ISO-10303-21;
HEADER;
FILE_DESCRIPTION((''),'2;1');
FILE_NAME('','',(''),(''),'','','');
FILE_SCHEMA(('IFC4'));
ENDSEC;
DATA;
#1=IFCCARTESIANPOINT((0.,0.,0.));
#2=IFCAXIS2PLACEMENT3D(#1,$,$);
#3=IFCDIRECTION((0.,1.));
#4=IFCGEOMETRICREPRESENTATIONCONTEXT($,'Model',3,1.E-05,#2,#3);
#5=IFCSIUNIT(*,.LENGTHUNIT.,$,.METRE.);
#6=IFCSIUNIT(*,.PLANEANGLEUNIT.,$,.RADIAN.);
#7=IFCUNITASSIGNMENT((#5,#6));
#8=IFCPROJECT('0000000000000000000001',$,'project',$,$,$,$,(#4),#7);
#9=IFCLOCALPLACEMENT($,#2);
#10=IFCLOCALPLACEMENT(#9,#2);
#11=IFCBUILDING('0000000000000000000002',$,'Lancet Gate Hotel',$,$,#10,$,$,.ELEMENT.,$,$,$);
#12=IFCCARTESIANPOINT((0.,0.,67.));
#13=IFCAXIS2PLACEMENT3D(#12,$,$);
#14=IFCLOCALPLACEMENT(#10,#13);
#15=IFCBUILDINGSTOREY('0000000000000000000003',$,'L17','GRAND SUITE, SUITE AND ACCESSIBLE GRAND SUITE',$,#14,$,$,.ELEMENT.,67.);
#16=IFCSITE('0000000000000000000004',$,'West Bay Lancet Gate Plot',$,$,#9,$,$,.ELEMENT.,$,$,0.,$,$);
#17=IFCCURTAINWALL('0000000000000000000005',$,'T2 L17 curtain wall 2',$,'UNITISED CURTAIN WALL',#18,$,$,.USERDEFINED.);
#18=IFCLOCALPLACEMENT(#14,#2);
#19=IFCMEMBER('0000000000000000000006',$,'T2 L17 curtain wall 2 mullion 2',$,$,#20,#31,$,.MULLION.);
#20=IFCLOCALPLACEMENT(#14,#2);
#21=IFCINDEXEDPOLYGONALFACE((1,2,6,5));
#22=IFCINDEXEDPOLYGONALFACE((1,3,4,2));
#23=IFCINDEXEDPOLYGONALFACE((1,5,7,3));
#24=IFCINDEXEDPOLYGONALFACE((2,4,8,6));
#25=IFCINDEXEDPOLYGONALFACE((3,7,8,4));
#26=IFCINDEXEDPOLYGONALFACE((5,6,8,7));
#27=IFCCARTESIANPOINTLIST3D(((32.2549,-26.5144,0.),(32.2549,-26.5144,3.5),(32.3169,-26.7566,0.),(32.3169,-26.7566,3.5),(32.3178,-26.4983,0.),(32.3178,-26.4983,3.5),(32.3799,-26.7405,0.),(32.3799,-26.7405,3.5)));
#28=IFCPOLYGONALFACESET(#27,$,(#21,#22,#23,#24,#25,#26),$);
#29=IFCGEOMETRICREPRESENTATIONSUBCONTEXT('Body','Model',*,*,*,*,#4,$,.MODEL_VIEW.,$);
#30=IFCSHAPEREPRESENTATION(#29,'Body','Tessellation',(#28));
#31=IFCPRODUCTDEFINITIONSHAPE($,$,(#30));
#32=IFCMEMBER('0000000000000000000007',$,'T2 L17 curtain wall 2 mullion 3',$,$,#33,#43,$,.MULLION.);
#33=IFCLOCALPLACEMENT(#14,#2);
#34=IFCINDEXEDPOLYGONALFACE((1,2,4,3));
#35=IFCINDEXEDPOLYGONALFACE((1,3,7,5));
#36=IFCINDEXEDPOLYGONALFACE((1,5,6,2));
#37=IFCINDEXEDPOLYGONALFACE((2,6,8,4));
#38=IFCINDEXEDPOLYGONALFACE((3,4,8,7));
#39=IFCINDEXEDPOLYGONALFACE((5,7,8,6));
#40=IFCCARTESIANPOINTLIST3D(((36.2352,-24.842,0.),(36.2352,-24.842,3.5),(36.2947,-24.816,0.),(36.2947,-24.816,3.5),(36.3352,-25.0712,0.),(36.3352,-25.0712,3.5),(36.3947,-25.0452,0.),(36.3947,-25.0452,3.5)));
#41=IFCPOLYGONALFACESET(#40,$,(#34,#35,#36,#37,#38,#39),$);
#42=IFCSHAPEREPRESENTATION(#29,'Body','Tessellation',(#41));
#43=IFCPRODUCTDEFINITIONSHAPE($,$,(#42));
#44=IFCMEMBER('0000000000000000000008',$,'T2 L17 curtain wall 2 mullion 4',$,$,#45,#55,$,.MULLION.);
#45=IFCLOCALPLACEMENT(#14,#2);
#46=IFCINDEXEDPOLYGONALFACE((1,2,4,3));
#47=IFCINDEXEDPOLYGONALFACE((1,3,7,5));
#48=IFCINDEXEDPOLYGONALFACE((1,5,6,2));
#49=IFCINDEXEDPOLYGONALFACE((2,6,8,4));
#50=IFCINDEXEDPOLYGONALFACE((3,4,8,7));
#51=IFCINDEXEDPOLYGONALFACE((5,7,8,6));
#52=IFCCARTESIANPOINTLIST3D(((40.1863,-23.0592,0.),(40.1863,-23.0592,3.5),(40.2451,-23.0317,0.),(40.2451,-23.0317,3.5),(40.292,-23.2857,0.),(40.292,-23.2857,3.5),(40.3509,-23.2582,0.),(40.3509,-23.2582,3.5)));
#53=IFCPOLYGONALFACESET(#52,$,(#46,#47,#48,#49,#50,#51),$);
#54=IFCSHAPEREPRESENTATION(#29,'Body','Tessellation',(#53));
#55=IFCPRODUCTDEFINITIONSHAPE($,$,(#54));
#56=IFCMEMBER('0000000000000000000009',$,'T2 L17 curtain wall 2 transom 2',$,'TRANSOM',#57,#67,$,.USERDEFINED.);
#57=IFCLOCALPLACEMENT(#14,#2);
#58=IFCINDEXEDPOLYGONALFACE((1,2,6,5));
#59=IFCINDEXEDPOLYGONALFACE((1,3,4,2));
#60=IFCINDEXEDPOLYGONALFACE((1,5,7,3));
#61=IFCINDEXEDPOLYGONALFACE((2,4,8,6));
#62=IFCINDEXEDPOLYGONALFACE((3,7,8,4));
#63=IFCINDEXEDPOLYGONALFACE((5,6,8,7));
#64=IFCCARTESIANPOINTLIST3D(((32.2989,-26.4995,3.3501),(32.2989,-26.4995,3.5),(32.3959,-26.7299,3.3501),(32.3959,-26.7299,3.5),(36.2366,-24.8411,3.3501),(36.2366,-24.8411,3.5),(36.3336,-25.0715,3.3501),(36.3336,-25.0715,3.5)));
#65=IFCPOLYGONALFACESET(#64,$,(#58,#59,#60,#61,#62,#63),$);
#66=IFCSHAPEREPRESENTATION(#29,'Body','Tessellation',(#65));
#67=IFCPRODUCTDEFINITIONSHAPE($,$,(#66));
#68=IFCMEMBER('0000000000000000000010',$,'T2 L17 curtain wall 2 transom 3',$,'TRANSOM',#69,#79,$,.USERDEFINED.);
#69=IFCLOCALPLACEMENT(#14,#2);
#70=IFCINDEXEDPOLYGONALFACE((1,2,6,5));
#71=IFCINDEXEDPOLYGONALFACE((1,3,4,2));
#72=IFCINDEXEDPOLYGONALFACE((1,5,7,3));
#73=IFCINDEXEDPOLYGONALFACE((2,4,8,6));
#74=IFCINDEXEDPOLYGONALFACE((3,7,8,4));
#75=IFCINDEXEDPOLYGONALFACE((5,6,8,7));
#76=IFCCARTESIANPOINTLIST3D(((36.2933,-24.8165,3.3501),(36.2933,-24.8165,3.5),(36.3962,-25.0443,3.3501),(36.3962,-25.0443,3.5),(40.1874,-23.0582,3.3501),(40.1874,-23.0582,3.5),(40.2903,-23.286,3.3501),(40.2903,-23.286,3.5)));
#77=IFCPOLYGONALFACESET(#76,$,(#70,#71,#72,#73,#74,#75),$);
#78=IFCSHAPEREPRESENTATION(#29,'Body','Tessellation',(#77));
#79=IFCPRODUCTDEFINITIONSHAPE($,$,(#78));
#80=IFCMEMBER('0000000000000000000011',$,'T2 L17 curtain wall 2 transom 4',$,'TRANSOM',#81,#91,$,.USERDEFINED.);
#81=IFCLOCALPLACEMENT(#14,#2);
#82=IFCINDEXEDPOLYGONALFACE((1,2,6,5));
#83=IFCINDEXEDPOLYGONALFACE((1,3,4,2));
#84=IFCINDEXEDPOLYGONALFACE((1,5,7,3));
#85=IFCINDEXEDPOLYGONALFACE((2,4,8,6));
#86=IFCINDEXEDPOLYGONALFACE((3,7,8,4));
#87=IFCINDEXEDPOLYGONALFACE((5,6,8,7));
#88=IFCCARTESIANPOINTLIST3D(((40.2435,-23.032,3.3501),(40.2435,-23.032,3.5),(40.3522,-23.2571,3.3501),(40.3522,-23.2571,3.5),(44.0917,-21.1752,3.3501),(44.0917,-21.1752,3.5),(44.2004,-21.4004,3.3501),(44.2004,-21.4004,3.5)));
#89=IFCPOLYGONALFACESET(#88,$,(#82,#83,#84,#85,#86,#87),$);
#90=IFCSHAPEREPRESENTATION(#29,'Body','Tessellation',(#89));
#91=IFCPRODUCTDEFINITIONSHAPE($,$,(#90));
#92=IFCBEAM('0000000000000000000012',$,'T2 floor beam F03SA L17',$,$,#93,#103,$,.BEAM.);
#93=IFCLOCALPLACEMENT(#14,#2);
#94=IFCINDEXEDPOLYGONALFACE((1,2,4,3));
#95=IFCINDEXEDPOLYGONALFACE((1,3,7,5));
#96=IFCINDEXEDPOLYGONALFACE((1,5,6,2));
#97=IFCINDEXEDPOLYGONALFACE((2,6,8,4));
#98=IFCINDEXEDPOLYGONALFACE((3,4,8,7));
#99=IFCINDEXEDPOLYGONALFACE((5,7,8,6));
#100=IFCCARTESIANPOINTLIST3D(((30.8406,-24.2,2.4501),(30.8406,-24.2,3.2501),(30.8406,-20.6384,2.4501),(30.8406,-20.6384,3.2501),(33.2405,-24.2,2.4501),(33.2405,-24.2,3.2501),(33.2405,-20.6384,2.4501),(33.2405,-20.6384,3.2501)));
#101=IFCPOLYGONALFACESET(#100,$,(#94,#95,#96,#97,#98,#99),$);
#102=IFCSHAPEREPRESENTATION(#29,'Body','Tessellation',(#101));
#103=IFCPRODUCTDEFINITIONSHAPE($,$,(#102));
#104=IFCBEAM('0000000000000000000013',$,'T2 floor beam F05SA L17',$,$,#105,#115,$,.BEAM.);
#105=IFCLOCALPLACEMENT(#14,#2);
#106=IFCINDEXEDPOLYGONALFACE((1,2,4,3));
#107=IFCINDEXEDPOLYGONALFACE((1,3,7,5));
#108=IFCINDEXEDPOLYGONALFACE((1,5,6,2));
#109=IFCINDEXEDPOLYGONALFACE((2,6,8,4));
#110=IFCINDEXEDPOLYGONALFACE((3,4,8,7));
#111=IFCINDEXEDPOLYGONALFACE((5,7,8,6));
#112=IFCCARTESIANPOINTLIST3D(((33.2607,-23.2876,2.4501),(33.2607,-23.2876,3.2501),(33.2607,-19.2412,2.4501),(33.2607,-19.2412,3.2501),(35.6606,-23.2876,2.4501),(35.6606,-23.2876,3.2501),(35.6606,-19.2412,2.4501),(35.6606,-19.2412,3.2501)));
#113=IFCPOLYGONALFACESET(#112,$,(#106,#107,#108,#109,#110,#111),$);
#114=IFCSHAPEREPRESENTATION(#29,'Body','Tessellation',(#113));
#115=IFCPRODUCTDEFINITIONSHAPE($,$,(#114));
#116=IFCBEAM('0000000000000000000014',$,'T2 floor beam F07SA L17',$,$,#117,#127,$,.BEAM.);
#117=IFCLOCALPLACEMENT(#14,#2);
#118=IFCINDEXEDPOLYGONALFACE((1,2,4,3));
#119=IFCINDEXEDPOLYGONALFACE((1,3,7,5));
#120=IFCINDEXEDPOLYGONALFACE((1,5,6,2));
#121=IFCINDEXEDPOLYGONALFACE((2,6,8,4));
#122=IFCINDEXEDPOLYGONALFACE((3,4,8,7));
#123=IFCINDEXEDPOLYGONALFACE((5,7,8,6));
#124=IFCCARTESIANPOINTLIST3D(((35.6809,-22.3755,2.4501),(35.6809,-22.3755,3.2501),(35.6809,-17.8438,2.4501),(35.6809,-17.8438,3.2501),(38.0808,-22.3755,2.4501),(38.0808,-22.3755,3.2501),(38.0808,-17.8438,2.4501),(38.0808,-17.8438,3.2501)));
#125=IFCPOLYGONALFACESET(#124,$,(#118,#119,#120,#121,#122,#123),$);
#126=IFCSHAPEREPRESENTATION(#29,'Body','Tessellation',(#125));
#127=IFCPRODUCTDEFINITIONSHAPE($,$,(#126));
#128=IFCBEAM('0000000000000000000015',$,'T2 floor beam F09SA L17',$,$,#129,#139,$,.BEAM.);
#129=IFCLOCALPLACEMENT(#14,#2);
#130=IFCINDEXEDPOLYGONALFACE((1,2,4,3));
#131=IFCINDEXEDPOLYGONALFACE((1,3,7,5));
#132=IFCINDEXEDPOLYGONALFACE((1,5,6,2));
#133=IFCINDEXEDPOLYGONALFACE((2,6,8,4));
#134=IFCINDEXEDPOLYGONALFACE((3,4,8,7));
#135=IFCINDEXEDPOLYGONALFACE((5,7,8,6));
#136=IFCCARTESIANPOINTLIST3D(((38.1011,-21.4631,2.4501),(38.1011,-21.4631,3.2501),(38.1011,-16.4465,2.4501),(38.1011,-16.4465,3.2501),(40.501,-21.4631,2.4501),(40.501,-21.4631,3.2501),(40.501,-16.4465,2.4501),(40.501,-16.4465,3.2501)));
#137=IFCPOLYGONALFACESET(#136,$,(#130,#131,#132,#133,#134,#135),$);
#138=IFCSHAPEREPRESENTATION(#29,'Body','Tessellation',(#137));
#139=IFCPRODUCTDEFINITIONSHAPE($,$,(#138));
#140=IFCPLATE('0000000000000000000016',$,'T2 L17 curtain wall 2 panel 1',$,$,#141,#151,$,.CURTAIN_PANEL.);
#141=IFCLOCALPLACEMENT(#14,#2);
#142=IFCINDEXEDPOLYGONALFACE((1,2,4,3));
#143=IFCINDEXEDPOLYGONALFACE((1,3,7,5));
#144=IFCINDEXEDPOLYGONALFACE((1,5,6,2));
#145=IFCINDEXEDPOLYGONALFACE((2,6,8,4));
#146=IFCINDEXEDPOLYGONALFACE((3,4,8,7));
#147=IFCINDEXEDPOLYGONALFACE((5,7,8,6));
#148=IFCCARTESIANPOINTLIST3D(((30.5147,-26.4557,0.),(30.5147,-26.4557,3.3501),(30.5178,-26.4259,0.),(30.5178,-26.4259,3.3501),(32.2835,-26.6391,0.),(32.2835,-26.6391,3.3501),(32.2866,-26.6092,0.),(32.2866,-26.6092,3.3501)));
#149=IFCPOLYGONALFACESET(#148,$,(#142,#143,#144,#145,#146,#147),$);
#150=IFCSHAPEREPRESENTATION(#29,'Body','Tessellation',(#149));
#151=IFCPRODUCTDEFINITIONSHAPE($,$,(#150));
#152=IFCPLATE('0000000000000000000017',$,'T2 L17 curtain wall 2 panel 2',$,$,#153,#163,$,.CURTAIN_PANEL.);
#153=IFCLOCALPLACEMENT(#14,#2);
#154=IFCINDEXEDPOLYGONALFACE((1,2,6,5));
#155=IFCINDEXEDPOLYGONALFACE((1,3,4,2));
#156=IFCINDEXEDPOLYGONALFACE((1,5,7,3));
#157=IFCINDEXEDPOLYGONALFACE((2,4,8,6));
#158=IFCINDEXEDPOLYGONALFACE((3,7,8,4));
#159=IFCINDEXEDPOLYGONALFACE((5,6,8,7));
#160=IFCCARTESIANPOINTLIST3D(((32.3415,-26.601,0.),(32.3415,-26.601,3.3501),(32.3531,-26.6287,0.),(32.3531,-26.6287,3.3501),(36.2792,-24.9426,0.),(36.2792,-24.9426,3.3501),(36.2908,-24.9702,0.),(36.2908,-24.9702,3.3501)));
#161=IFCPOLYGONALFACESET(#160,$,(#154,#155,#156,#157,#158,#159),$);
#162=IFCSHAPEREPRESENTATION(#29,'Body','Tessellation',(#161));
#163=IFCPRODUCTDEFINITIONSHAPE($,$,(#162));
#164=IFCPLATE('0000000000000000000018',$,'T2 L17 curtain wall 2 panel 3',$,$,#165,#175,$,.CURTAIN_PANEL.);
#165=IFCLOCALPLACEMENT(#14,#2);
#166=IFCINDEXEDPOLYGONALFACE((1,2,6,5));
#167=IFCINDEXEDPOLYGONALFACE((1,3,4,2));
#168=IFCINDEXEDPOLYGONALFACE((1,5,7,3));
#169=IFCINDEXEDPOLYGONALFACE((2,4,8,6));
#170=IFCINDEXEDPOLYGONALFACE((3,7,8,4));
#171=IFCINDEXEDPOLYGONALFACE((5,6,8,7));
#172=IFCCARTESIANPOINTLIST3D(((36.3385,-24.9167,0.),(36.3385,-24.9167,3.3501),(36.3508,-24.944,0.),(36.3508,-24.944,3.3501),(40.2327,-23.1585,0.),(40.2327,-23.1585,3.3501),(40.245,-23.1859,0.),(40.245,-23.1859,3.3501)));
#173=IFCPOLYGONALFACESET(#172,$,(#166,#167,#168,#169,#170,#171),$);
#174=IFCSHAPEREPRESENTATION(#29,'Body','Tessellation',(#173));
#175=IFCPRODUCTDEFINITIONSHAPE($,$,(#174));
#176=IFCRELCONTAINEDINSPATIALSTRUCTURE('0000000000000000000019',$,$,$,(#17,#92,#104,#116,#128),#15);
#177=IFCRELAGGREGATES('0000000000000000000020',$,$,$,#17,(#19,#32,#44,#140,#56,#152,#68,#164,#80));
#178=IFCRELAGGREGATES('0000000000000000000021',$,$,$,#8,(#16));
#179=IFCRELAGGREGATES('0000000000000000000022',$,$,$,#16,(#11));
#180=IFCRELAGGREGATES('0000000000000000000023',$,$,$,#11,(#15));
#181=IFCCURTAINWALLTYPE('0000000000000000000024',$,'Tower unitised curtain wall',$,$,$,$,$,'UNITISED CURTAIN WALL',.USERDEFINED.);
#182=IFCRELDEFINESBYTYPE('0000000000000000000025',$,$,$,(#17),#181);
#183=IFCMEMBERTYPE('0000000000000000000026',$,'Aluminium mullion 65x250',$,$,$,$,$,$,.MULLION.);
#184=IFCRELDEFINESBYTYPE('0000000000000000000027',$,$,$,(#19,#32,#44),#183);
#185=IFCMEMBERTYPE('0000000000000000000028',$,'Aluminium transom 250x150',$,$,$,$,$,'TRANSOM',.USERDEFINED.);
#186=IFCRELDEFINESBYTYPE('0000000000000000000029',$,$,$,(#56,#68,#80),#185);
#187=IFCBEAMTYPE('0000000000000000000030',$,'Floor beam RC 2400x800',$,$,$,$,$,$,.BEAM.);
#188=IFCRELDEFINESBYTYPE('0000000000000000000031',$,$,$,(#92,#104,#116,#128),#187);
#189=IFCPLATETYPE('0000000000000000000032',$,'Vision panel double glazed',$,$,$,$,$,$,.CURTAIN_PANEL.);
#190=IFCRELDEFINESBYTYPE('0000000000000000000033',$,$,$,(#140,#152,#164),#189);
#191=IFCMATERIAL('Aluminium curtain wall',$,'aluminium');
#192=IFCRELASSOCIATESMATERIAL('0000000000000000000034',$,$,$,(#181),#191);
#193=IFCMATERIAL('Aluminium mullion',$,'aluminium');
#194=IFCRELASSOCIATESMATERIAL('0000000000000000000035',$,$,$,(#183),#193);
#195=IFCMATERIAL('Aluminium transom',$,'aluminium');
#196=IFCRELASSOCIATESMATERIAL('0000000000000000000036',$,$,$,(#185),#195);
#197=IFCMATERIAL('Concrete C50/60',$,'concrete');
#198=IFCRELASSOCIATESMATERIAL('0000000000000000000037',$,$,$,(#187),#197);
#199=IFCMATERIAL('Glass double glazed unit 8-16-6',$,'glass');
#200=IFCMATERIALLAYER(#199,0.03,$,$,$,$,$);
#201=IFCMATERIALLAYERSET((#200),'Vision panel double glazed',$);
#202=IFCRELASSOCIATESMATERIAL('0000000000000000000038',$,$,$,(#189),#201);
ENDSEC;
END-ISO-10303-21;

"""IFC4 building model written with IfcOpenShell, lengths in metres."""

from ifc_helpers import new_model, si_unit, direction, frame, origin, origin_2d, place, context, subcontext, project, spatial, rectangle, extrude, material, layer, layer_set, material_profile, profile_set, type_object, element, aggregate, save


model = new_model("IFC4")

# Units and contexts
model_context = context("Model", 3, precision=1e-05, world=origin(), true_north=direction((0.0, 1.0)))
body_context = subcontext(model_context, "Body", "Model", "MODEL_VIEW")
ifc_project = project(units=[si_unit("LENGTHUNIT", "METRE"), si_unit("PLANEANGLEUNIT", "RADIAN")], contexts=[model_context])

# Site, building, storey
site_placement = place(None, origin())
site = spatial("IfcSite", under=ifc_project, at=site_placement, Name="West Bay Lancet Gate Plot", CompositionType="ELEMENT", RefElevation=0.0)
building_placement = place(site_placement, origin())
building = spatial("IfcBuilding", under=site, at=building_placement, Name="Lancet Gate Hotel", CompositionType="ELEMENT")
storey_placement = place(building_placement, frame((0.0, 0.0, 67.0)))
storey = spatial("IfcBuildingStorey", under=building, at=storey_placement, Name="L17", Description="GRAND SUITE, SUITE AND ACCESSIBLE GRAND SUITE", CompositionType="ELEMENT", Elevation=67.0)

# Curtain wall, members
ifc_material_1 = material(Name="Aluminium curtain wall", Category="aluminium")
curtain_wall_type = type_object("IfcCurtainWallType", Name="Tower unitised curtain wall", ElementType="UNITISED CURTAIN WALL", PredefinedType="USERDEFINED", material=ifc_material_1)
curtain_wall_placement = place(storey_placement, origin())
curtain_wall = element("IfcCurtainWall", 1, at=curtain_wall_placement, inside=storey, type_object=curtain_wall_type, Name="T2 L17 curtain wall 2", ObjectType="UNITISED CURTAIN WALL", PredefinedType="USERDEFINED")
ifc_material_2 = material(Name="Aluminium mullion", Category="aluminium")
ifc_material_profile_1 = material_profile(ifc_material_2, rectangle(XDim=0.0649, YDim=0.25, at=origin_2d()), Name="MULLION 65x250")
ifc_profile_set_1 = profile_set([ifc_material_profile_1], Name="Aluminium mullion")
member_type_1 = type_object("IfcMemberType", Name="Aluminium mullion 65x250", PredefinedType="MULLION", material=ifc_profile_set_1)
member_1_placement = place(storey_placement, frame((32.3174, -26.6274, 0.0), z_axis=(0.0, 0.0, 1.0), x_axis=(0.968721, 0.24815, 0.0)))
member_1 = element("IfcMember", 2, at=member_1_placement, type_object=member_type_1, Name="T2 L17 curtain wall 2 mullion 2", PredefinedType="MULLION", context=body_context, shape_type="SweptSolid", body=[
    extrude(rectangle(XDim=0.0649, YDim=0.25, at=origin_2d()), origin(), (0.0, 0.0, 1.0), 3.5),
])
member_2_placement = place(storey_placement, frame((36.3149, -24.9436, 0.0), z_axis=(0.0, 0.0, 1.0), x_axis=(0.916579, 0.399854, 0.0)))
member_2 = element("IfcMember", 3, at=member_2_placement, type_object=member_type_1, Name="T2 L17 curtain wall 2 mullion 3", PredefinedType="MULLION", context=body_context, shape_type="SweptSolid", body=[
    extrude(rectangle(XDim=0.0649, YDim=0.25, at=origin_2d()), origin(), (0.0, 0.0, 1.0), 3.5),
])
member_3_placement = place(storey_placement, frame((40.2686, -23.1587, 0.0), z_axis=(0.0, 0.0, 1.0), x_axis=(0.906105, 0.423053, 0.0)))
member_3 = element("IfcMember", 4, at=member_3_placement, type_object=member_type_1, Name="T2 L17 curtain wall 2 mullion 4", PredefinedType="MULLION", context=body_context, shape_type="SweptSolid", body=[
    extrude(rectangle(XDim=0.0649, YDim=0.25, at=origin_2d()), origin(), (0.0, 0.0, 1.0), 3.5),
])
ifc_material_3 = material(Name="Aluminium transom", Category="aluminium")
ifc_material_profile_2 = material_profile(ifc_material_3, rectangle(XDim=0.25, YDim=0.1499, at=origin_2d()), Name="TRANSOM 250x150")
ifc_profile_set_2 = profile_set([ifc_material_profile_2], Name="Aluminium transom")
member_type_2 = type_object("IfcMemberType", Name="Aluminium transom 250x150", ElementType="TRANSOM", PredefinedType="USERDEFINED", material=ifc_profile_set_2)
member_4_placement = place(storey_placement, frame((32.3474, -26.6147, 3.425), z_axis=(0.921598, 0.388146, 0.0), x_axis=(-0.388146, 0.921598, 0.0)))
member_4 = element("IfcMember", 5, at=member_4_placement, type_object=member_type_2, Name="T2 L17 curtain wall 2 transom 2", ObjectType="TRANSOM", PredefinedType="USERDEFINED", context=body_context, shape_type="SweptSolid", body=[
    extrude(rectangle(XDim=0.25, YDim=0.1499, at=origin_2d()), origin(), (0.0, 0.0, 1.0), 4.2727),
])
member_5_placement = place(storey_placement, frame((36.3447, -24.9304, 3.425), z_axis=(0.911397, 0.411529, 0.0), x_axis=(-0.411529, 0.911397, 0.0)))
member_5 = element("IfcMember", 6, at=member_5_placement, type_object=member_type_2, Name="T2 L17 curtain wall 2 transom 3", ObjectType="TRANSOM", PredefinedType="USERDEFINED", context=body_context, shape_type="SweptSolid", body=[
    extrude(rectangle(XDim=0.25, YDim=0.1499, at=origin_2d()), origin(), (0.0, 0.0, 1.0), 4.2727),
])
member_6_placement = place(storey_placement, frame((40.2979, -23.1445, 3.425), z_axis=(0.900646, 0.434553, 0.0), x_axis=(-0.434553, 0.900646, 0.0)))
member_6 = element("IfcMember", 7, at=member_6_placement, type_object=member_type_2, Name="T2 L17 curtain wall 2 transom 4", ObjectType="TRANSOM", PredefinedType="USERDEFINED", context=body_context, shape_type="SweptSolid", body=[
    extrude(rectangle(XDim=0.25, YDim=0.1499, at=origin_2d()), origin(), (0.0, 0.0, 1.0), 4.2727),
])

# Beams
ifc_material_4 = material(Name="Concrete C50/60", Category="concrete")
ifc_material_profile_3 = material_profile(ifc_material_4, rectangle(XDim=2.3999, YDim=0.8, at=origin_2d()), Name="RC 2400x800")
ifc_profile_set_3 = profile_set([ifc_material_profile_3], Name="Concrete C50/60")
beam_type = type_object("IfcBeamType", Name="Floor beam RC 2400x800", PredefinedType="BEAM", material=ifc_profile_set_3)
beam_1_placement = place(storey_placement, frame((32.0405, -24.2, 2.8501), z_axis=(0.0, 1.0, 0.0), x_axis=(-1.0, 0.0, 0.0)))
element("IfcBeam", 8, at=beam_1_placement, inside=storey, type_object=beam_type, Name="T2 floor beam F03SA L17", PredefinedType="BEAM", context=body_context, shape_type="SweptSolid", body=[
    extrude(rectangle(XDim=2.3999, YDim=0.8, at=origin_2d()), origin(), (0.0, 0.0, 1.0), 3.5615),
])
beam_2_placement = place(storey_placement, frame((34.4607, -23.2876, 2.8501), z_axis=(0.0, 1.0, 0.0), x_axis=(-1.0, 0.0, 0.0)))
element("IfcBeam", 9, at=beam_2_placement, inside=storey, type_object=beam_type, Name="T2 floor beam F05SA L17", PredefinedType="BEAM", context=body_context, shape_type="SweptSolid", body=[
    extrude(rectangle(XDim=2.3999, YDim=0.8, at=origin_2d()), origin(), (0.0, 0.0, 1.0), 4.0464),
])
beam_3_placement = place(storey_placement, frame((36.8809, -22.3755, 2.8501), z_axis=(0.0, 1.0, 0.0), x_axis=(-1.0, 0.0, 0.0)))
element("IfcBeam", 10, at=beam_3_placement, inside=storey, type_object=beam_type, Name="T2 floor beam F07SA L17", PredefinedType="BEAM", context=body_context, shape_type="SweptSolid", body=[
    extrude(rectangle(XDim=2.3999, YDim=0.8, at=origin_2d()), origin(), (0.0, 0.0, 1.0), 4.5317),
])
beam_4_placement = place(storey_placement, frame((39.301, -21.4631, 2.8501), z_axis=(0.0, 1.0, 0.0), x_axis=(-1.0, 0.0, 0.0)))
element("IfcBeam", 11, at=beam_4_placement, inside=storey, type_object=beam_type, Name="T2 floor beam F09SA L17", PredefinedType="BEAM", context=body_context, shape_type="SweptSolid", body=[
    extrude(rectangle(XDim=2.3999, YDim=0.8, at=origin_2d()), origin(), (0.0, 0.0, 1.0), 5.0166),
])

# Plates
ifc_material_5 = material(Name="Glass double glazed unit 8-16-6", Category="glass")
ifc_layer_1 = layer(ifc_material_5, 0.03)
ifc_layer_set_1 = layer_set([ifc_layer_1], Name="Vision panel double glazed")
plate_type = type_object("IfcPlateType", Name="Vision panel double glazed", PredefinedType="CURTAIN_PANEL", material=ifc_layer_set_1)
plate_1_placement = place(storey_placement, frame((31.4006, -26.5325, 0.0), z_axis=(0.0, 0.0, 1.0), x_axis=(0.994672, -0.103088, 0.0)))
plate_1 = element("IfcPlate", 12, at=plate_1_placement, type_object=plate_type, Name="T2 L17 curtain wall 2 panel 1", PredefinedType="CURTAIN_PANEL", context=body_context, shape_type="SweptSolid", body=[
    extrude(rectangle(XDim=1.7783, YDim=0.03, at=origin_2d()), origin(), (0.0, 0.0, 1.0), 3.3501),
])
plate_2_placement = place(storey_placement, frame((34.3162, -25.7856, 0.0), z_axis=(0.0, 0.0, 1.0), x_axis=(0.921593, 0.388157, 0.0)))
plate_2 = element("IfcPlate", 13, at=plate_2_placement, type_object=plate_type, Name="T2 L17 curtain wall 2 panel 2", PredefinedType="CURTAIN_PANEL", context=body_context, shape_type="SweptSolid", body=[
    extrude(rectangle(XDim=4.2727, YDim=0.03, at=origin_2d()), origin(), (0.0, 0.0, 1.0), 3.3501),
])
plate_3_placement = place(storey_placement, frame((38.2917, -24.0513, 0.0), z_axis=(0.0, 0.0, 1.0), x_axis=(0.911416, 0.411487, 0.0)))
plate_3 = element("IfcPlate", 14, at=plate_3_placement, type_object=plate_type, Name="T2 L17 curtain wall 2 panel 3", PredefinedType="CURTAIN_PANEL", context=body_context, shape_type="SweptSolid", body=[
    extrude(rectangle(XDim=4.2727, YDim=0.03, at=origin_2d()), origin(), (0.0, 0.0, 1.0), 3.3501),
])
aggregate(curtain_wall, [member_1, member_2, member_3, plate_1, member_4, plate_2, member_5, plate_3, member_6])

save(model, "model.ifc")
